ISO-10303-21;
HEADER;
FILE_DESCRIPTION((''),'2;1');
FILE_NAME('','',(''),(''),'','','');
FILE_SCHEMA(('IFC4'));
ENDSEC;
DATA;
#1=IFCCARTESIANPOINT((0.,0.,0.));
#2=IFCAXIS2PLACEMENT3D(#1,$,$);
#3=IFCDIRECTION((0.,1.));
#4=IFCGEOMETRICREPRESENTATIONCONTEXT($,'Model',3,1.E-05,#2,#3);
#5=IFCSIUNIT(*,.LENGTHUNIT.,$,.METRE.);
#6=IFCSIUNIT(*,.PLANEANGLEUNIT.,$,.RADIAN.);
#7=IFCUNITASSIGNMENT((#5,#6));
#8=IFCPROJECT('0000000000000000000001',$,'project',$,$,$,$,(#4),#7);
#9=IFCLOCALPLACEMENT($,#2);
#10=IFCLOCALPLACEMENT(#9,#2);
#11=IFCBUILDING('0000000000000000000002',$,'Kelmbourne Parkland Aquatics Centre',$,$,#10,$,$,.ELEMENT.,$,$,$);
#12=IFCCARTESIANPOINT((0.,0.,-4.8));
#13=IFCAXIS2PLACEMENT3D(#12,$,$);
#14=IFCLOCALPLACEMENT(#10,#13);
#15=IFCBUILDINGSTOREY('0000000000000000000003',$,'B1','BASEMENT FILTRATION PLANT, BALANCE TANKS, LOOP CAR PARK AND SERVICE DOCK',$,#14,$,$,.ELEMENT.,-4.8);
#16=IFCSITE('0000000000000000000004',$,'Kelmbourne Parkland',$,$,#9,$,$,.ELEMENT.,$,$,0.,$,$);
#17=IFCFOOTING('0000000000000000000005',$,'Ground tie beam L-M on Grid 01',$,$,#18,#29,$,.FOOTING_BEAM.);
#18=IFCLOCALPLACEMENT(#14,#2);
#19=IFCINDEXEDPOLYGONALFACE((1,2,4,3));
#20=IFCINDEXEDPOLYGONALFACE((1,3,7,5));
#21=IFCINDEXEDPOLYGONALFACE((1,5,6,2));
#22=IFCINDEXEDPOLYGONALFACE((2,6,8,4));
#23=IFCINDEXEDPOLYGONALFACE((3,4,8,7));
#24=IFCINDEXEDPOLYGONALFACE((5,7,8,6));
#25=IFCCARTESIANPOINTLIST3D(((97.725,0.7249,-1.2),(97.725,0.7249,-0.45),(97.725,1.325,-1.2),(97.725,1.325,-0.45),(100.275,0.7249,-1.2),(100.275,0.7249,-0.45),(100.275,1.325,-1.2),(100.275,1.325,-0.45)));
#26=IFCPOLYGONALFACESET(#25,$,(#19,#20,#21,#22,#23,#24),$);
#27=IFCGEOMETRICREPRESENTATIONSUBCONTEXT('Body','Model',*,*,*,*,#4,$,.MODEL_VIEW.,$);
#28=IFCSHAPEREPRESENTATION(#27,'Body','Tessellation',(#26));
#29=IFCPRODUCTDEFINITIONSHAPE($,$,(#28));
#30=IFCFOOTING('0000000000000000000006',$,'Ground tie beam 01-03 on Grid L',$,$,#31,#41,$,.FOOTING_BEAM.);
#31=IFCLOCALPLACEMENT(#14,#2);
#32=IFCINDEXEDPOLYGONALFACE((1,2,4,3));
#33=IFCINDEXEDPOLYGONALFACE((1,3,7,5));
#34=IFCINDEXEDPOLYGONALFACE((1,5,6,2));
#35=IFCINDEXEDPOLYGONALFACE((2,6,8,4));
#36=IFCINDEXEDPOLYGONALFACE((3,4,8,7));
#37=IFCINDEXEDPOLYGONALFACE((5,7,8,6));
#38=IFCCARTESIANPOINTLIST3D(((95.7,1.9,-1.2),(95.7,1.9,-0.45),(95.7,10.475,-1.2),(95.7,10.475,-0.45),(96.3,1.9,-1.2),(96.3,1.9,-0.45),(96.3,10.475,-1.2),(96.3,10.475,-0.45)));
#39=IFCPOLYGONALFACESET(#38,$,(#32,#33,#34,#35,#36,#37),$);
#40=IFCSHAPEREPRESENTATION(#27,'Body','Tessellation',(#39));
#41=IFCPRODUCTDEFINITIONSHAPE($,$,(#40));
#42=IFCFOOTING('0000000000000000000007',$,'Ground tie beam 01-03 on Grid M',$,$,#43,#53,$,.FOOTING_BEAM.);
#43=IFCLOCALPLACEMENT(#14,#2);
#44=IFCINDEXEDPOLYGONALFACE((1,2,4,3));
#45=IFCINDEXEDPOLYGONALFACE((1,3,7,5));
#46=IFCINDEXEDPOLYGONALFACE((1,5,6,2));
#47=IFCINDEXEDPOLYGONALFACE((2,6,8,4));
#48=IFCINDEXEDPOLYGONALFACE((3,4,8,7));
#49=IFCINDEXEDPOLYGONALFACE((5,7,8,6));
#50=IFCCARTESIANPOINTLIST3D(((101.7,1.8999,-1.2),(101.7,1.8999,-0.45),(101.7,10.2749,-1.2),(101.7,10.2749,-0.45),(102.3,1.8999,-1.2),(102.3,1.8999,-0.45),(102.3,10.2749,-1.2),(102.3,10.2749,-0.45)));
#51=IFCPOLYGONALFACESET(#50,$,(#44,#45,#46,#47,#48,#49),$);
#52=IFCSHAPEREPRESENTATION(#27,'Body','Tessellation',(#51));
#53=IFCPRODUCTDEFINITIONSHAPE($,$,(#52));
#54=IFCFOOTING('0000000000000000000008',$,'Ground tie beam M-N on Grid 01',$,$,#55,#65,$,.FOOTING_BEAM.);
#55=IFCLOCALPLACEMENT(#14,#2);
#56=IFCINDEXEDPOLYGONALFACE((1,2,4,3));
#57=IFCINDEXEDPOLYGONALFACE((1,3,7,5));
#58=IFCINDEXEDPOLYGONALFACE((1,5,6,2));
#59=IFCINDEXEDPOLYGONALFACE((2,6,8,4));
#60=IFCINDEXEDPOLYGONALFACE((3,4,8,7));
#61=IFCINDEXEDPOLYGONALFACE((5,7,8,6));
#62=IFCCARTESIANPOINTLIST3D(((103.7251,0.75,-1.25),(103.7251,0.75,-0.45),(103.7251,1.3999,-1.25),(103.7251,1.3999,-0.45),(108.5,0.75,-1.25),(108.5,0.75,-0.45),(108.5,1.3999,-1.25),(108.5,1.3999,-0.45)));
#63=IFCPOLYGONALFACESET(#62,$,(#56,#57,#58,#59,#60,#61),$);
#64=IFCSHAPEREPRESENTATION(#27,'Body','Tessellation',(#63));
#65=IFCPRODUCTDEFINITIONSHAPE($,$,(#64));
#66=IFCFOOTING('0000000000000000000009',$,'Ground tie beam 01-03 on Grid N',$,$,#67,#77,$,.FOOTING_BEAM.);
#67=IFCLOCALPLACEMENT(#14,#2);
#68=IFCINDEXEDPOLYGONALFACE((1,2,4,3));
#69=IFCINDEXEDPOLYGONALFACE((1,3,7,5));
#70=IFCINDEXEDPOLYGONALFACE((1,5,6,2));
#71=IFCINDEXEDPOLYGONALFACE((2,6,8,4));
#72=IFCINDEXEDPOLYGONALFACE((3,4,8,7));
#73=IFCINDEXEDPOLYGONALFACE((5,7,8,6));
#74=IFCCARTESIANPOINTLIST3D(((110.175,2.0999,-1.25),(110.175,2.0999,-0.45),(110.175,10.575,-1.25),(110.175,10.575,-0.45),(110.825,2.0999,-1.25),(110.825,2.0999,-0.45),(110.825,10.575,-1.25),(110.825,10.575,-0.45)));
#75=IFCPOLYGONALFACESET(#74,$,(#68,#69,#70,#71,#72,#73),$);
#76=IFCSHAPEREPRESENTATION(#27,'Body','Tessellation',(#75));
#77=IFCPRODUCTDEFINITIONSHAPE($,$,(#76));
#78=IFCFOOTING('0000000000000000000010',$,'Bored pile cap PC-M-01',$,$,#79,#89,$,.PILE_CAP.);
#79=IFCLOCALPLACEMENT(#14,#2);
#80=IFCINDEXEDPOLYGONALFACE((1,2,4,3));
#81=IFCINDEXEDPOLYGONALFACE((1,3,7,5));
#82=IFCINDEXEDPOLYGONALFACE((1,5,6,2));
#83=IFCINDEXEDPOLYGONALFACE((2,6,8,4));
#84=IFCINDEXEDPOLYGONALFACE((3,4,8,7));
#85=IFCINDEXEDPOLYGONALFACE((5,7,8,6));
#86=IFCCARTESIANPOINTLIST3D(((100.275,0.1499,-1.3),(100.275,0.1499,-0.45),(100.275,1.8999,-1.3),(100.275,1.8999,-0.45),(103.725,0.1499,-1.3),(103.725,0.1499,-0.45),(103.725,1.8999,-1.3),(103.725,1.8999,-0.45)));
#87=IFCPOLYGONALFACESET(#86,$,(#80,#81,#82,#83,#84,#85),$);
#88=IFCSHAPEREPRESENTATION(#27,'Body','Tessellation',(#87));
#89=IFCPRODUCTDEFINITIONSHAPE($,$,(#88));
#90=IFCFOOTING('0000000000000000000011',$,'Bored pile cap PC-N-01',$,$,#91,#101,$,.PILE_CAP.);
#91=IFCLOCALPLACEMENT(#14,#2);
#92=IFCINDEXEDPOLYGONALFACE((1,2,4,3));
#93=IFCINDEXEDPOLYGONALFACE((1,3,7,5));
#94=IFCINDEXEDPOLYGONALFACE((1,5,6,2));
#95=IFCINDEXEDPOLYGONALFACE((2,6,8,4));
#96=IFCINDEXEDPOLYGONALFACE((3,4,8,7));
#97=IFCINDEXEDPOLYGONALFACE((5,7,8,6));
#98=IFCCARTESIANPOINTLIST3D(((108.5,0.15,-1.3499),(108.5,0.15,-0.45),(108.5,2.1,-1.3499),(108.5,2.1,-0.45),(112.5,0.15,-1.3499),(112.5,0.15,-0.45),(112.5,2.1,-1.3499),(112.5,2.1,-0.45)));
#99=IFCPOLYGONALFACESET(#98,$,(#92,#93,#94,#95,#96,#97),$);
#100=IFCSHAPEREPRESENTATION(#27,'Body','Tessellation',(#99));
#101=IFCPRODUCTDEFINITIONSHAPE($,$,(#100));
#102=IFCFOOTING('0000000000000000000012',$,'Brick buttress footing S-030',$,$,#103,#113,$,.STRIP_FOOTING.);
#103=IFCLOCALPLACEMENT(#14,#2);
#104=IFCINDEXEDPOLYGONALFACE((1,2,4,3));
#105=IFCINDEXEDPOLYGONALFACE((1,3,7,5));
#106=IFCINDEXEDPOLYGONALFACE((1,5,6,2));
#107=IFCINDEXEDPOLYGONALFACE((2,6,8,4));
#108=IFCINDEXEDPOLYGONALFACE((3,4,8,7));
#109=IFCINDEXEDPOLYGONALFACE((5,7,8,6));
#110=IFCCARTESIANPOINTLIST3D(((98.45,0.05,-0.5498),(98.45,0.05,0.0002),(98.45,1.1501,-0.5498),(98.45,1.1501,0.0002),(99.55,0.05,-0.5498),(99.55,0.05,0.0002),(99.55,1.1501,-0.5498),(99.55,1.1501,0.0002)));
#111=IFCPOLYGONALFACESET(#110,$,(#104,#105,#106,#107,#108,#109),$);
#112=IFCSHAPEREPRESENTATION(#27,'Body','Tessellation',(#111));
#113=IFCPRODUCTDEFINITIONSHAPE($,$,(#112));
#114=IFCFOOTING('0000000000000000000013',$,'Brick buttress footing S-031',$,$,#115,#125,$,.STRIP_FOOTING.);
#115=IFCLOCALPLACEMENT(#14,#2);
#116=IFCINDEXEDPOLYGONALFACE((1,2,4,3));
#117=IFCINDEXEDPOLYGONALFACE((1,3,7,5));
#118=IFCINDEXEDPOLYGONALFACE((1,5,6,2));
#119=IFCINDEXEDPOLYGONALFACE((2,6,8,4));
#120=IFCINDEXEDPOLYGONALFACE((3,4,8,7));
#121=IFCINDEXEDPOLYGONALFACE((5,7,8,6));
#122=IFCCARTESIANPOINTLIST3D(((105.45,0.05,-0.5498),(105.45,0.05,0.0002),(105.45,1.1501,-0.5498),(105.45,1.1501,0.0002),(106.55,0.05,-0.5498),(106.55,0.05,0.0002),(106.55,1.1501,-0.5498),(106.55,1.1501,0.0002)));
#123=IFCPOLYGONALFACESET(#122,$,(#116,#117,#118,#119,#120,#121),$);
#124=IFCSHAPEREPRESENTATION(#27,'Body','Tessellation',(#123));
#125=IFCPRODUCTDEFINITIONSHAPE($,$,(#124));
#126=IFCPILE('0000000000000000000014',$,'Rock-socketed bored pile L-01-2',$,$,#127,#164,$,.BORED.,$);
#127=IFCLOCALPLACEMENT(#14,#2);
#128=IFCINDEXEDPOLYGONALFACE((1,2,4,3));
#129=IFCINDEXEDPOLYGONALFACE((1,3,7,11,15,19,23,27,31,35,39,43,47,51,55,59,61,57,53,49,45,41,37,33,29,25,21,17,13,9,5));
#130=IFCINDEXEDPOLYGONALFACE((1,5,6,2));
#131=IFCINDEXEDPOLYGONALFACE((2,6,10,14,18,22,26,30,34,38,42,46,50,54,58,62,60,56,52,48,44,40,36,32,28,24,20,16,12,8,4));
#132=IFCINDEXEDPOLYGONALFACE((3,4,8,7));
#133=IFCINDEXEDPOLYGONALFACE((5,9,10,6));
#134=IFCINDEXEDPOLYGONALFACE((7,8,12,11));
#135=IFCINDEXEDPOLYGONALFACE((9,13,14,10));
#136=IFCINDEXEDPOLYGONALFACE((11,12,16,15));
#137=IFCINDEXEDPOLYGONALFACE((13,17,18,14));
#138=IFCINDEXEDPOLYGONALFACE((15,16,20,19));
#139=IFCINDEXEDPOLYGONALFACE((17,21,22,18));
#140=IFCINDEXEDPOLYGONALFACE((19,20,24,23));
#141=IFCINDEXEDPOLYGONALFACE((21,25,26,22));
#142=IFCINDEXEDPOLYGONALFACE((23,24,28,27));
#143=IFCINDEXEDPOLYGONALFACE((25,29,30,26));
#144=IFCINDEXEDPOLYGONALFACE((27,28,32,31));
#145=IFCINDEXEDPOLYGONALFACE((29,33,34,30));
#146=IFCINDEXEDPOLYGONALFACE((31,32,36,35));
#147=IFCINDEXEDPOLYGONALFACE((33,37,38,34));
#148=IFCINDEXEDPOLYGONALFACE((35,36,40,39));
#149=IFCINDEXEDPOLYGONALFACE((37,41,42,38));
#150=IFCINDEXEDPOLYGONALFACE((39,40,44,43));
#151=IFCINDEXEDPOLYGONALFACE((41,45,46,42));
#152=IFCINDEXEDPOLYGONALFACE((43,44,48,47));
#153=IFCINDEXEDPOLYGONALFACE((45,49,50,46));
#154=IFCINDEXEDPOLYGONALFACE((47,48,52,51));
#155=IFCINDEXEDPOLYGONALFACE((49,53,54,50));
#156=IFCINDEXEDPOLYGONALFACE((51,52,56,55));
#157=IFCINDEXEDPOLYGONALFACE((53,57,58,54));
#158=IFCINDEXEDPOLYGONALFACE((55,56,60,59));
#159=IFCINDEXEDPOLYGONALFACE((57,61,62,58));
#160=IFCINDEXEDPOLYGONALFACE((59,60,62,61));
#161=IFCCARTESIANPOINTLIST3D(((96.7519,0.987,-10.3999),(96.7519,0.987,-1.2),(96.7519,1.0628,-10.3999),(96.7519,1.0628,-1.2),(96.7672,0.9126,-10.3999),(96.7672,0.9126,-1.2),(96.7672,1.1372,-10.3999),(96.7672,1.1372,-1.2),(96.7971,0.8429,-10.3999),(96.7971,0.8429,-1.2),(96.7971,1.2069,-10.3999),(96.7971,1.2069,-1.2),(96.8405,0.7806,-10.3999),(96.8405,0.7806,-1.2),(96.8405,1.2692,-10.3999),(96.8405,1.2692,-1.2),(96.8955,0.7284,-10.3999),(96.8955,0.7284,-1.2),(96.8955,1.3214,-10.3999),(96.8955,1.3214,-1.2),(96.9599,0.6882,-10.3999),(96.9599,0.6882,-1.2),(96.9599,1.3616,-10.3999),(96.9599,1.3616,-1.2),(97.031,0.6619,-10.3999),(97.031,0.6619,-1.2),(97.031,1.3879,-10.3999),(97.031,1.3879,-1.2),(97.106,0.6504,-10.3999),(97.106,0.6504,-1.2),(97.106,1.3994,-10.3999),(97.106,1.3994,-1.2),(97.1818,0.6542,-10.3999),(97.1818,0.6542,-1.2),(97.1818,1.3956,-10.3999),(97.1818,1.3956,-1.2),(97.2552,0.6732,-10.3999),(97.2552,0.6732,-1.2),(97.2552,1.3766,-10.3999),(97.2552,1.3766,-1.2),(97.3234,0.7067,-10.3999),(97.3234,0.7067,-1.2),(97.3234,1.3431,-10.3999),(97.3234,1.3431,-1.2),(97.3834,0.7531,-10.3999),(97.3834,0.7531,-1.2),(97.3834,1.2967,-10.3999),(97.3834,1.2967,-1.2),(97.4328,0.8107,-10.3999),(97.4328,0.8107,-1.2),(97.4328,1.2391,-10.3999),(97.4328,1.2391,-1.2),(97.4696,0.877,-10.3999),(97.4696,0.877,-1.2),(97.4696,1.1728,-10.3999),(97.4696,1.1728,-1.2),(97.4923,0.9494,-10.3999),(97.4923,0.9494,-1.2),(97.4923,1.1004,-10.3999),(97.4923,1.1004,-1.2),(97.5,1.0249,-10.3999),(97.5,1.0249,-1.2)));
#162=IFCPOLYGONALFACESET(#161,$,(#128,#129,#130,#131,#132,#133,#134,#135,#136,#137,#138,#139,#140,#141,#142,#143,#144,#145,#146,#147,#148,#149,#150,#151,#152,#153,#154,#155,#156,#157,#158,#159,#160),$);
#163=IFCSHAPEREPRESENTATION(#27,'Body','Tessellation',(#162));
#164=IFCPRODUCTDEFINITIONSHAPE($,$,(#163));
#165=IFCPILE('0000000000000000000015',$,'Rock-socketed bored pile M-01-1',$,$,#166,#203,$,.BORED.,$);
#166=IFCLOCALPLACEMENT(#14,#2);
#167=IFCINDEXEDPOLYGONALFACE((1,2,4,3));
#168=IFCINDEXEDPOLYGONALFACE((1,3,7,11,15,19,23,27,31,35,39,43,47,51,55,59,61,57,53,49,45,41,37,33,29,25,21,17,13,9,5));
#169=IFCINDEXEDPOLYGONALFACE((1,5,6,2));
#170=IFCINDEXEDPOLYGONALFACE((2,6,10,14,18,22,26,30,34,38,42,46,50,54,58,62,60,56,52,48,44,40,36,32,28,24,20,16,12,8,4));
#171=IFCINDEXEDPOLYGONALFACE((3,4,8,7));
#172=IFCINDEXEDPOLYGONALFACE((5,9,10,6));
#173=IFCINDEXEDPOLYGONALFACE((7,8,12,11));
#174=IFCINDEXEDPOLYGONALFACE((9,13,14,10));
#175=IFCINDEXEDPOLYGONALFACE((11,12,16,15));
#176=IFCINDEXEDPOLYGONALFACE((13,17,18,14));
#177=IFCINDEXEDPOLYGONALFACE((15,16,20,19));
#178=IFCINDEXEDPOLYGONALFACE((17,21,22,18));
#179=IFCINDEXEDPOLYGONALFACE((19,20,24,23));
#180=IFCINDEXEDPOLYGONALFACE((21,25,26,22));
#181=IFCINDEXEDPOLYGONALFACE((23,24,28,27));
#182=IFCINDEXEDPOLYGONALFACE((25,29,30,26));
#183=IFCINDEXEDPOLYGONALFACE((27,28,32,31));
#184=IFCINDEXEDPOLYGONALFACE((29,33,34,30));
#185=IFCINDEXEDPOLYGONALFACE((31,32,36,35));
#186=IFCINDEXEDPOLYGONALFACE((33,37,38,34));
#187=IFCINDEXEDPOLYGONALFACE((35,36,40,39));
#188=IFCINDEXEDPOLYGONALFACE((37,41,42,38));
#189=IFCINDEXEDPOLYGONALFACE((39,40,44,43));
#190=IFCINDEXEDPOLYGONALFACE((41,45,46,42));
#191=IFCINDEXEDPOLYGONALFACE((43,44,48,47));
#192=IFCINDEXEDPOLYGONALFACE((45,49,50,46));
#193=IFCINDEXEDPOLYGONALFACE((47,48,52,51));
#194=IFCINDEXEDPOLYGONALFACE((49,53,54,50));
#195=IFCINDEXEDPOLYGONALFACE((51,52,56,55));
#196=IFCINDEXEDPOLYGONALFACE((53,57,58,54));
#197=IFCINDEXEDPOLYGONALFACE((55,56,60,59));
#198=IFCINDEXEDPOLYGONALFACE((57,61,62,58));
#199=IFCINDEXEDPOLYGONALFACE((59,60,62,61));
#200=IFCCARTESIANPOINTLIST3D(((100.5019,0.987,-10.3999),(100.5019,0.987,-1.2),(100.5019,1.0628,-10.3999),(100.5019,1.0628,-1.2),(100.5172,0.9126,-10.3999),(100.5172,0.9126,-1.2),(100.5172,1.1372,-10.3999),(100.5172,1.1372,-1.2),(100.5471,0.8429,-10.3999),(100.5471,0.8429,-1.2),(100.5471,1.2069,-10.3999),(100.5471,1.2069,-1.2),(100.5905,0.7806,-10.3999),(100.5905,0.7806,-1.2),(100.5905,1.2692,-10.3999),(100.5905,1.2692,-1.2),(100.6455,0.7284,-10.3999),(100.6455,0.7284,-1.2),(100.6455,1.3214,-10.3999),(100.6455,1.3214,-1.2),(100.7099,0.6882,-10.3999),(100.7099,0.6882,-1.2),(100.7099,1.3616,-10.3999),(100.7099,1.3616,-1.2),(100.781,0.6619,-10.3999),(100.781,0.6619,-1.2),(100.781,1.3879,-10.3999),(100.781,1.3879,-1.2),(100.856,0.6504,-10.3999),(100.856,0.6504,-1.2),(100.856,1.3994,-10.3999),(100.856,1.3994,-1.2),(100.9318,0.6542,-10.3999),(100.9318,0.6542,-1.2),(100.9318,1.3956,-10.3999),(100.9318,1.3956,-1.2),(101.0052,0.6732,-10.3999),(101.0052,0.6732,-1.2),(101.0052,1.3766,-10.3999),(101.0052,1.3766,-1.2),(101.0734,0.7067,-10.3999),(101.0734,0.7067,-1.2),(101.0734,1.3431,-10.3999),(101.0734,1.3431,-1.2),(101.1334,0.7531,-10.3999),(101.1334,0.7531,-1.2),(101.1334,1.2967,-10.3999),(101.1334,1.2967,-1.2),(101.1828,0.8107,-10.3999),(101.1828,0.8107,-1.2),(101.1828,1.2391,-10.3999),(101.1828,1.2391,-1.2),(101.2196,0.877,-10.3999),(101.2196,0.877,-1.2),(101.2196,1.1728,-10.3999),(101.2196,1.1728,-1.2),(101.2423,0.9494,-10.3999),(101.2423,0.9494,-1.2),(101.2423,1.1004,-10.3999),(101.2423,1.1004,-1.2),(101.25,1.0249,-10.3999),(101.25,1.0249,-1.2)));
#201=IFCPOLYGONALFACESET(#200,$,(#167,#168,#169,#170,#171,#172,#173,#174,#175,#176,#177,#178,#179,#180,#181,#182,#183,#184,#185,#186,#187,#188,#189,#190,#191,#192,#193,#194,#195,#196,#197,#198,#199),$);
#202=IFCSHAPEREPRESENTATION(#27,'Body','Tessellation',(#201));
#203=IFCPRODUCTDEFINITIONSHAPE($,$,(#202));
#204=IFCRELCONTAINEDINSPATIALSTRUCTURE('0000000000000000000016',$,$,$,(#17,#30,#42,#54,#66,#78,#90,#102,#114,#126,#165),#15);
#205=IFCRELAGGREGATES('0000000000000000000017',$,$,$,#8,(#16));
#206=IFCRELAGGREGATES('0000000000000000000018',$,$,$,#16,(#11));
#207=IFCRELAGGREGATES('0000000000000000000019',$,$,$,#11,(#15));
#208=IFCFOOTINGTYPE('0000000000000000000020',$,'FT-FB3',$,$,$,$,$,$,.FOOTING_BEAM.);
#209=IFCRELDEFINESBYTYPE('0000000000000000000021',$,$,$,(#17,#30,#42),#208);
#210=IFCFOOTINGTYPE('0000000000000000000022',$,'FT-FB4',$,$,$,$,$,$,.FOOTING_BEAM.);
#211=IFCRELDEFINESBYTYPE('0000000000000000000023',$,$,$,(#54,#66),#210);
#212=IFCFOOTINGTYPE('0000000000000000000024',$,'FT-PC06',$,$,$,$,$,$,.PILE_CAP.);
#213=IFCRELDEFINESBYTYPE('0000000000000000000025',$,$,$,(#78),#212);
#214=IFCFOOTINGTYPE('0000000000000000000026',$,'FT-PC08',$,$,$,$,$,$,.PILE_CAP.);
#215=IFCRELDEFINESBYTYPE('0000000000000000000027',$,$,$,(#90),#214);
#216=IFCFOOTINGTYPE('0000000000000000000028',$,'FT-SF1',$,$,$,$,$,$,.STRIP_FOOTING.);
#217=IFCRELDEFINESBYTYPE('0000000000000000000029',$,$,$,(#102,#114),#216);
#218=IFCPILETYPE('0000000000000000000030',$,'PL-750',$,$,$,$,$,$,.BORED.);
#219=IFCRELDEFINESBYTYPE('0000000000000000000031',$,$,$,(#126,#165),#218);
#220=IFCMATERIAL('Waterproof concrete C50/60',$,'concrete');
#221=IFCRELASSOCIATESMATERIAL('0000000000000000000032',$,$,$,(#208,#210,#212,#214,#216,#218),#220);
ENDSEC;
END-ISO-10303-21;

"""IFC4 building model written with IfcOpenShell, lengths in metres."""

from ifc_helpers import new_model, si_unit, direction, frame, origin, origin_2d, place, context, subcontext, project, spatial, rectangle, circle, extrude, material, material_profile, profile_set, type_object, element, save


model = new_model("IFC4")

# Units and contexts
model_context = context("Model", 3, precision=1e-05, world=origin(), true_north=direction((0.0, 1.0)))
body_context = subcontext(model_context, "Body", "Model", "MODEL_VIEW")
ifc_project = project(units=[si_unit("LENGTHUNIT", "METRE"), si_unit("PLANEANGLEUNIT", "RADIAN")], contexts=[model_context])

# Site, building, storey
site_placement = place(None, origin())
site = spatial("IfcSite", under=ifc_project, at=site_placement, Name="Kelmbourne Parkland", CompositionType="ELEMENT", RefElevation=0.0)
building_placement = place(site_placement, origin())
building = spatial("IfcBuilding", under=site, at=building_placement, Name="Kelmbourne Parkland Aquatics Centre", CompositionType="ELEMENT")
storey_placement = place(building_placement, frame((0.0, 0.0, -4.8)))
storey = spatial("IfcBuildingStorey", under=building, at=storey_placement, Name="B1", Description="BASEMENT FILTRATION PLANT, BALANCE TANKS, LOOP CAR PARK AND SERVICE DOCK", CompositionType="ELEMENT", Elevation=-4.8)

# Footings
ifc_material_1 = material(Name="Waterproof concrete C50/60", Category="concrete")
footing_type_1 = type_object("IfcFootingType", Name="FT-FB3", PredefinedType="FOOTING_BEAM", material=ifc_material_1)
footing_1_placement = place(storey_placement, frame((99.0, 1.0249, -1.2), z_axis=(0.0, 0.0, 1.0), x_axis=(1.0, 0.0, 0.0)))
element("IfcFooting", 1, at=footing_1_placement, inside=storey, type_object=footing_type_1, Name="Ground tie beam L-M on Grid 01", PredefinedType="FOOTING_BEAM", context=body_context, shape_type="SweptSolid", body=[
    extrude(rectangle(XDim=2.55, YDim=0.6001, at=origin_2d()), origin(), (0.0, 0.0, 1.0), 0.75),
])
footing_2_placement = place(storey_placement, frame((96.0, 6.1875, -1.2), z_axis=(0.0, 0.0, 1.0), x_axis=(0.0, 1.0, 0.0)))
element("IfcFooting", 2, at=footing_2_placement, inside=storey, type_object=footing_type_1, Name="Ground tie beam 01-03 on Grid L", PredefinedType="FOOTING_BEAM", context=body_context, shape_type="SweptSolid", body=[
    extrude(rectangle(XDim=8.575, YDim=0.6001, at=origin_2d()), origin(), (0.0, 0.0, 1.0), 0.75),
])
footing_3_placement = place(storey_placement, frame((102.0, 6.0874, -1.2), z_axis=(0.0, 0.0, 1.0), x_axis=(0.0, 1.0, 0.0)))
element("IfcFooting", 3, at=footing_3_placement, inside=storey, type_object=footing_type_1, Name="Ground tie beam 01-03 on Grid M", PredefinedType="FOOTING_BEAM", context=body_context, shape_type="SweptSolid", body=[
    extrude(rectangle(XDim=8.375, YDim=0.6001, at=origin_2d()), origin(), (0.0, 0.0, 1.0), 0.75),
])
footing_type_2 = type_object("IfcFootingType", Name="FT-FB4", PredefinedType="FOOTING_BEAM", material=ifc_material_1)
footing_4_placement = place(storey_placement, frame((106.1125, 1.075, -1.25), z_axis=(0.0, 0.0, 1.0), x_axis=(1.0, 0.0, 0.0)))
element("IfcFooting", 4, at=footing_4_placement, inside=storey, type_object=footing_type_2, Name="Ground tie beam M-N on Grid 01", PredefinedType="FOOTING_BEAM", context=body_context, shape_type="SweptSolid", body=[
    extrude(rectangle(XDim=4.7749, YDim=0.6499, at=origin_2d()), origin(), (0.0, 0.0, 1.0), 0.8),
])
footing_5_placement = place(storey_placement, frame((110.5, 6.3374, -1.25), z_axis=(0.0, 0.0, 1.0), x_axis=(0.0, 1.0, 0.0)))
element("IfcFooting", 5, at=footing_5_placement, inside=storey, type_object=footing_type_2, Name="Ground tie beam 01-03 on Grid N", PredefinedType="FOOTING_BEAM", context=body_context, shape_type="SweptSolid", body=[
    extrude(rectangle(XDim=8.4751, YDim=0.6499, at=origin_2d()), origin(), (0.0, 0.0, 1.0), 0.8),
])
footing_type_3 = type_object("IfcFootingType", Name="FT-PC06", PredefinedType="PILE_CAP", material=ifc_material_1)
footing_6_placement = place(storey_placement, frame((102.0, 1.0249, -1.3), z_axis=(0.0, 0.0, 1.0), x_axis=(1.0, 0.0, 0.0)))
element("IfcFooting", 6, at=footing_6_placement, inside=storey, type_object=footing_type_3, Name="Bored pile cap PC-M-01", PredefinedType="PILE_CAP", context=body_context, shape_type="SweptSolid", body=[
    extrude(rectangle(XDim=3.45, YDim=1.75, at=origin_2d()), origin(), (0.0, 0.0, 1.0), 0.8501),
])
footing_type_4 = type_object("IfcFootingType", Name="FT-PC08", PredefinedType="PILE_CAP", material=ifc_material_1)
footing_7_placement = place(storey_placement, frame((110.5, 1.125, -1.3499), z_axis=(0.0, 0.0, 1.0), x_axis=(1.0, 0.0, 0.0)))
element("IfcFooting", 7, at=footing_7_placement, inside=storey, type_object=footing_type_4, Name="Bored pile cap PC-N-01", PredefinedType="PILE_CAP", context=body_context, shape_type="SweptSolid", body=[
    extrude(rectangle(XDim=4.0, YDim=1.95, at=origin_2d()), origin(), (0.0, 0.0, 1.0), 0.8999),
])
footing_type_5 = type_object("IfcFootingType", Name="FT-SF1", PredefinedType="STRIP_FOOTING", material=ifc_material_1)
for number, where, z_axis, x_axis, name in (
    (8, (99.0, 0.6001, -0.5498), (0.0, 0.0, 1.0), (1.0, 0.0, 0.0), "Brick buttress footing S-030"),
    (9, (106.0, 0.6001, -0.5498), (0.0, 0.0, 1.0), (1.0, 0.0, 0.0), "Brick buttress footing S-031"),
):
    element("IfcFooting", number, at=place(storey_placement, frame(where, z_axis=z_axis, x_axis=x_axis)), inside=storey, type_object=footing_type_5, Name=name, PredefinedType="STRIP_FOOTING", context=body_context, shape_type="SweptSolid", body=[
        extrude(rectangle(XDim=1.1001, YDim=1.1001, at=origin_2d()), origin(), (0.0, 0.0, 1.0), 0.55),
    ])

# Piles
ifc_material_profile_1 = material_profile(ifc_material_1, circle(Radius=0.375, at=origin_2d()), Name="PILE D750")
ifc_profile_set_1 = profile_set([ifc_material_profile_1], Name="Waterproof concrete C50/60")
pile_type_1 = type_object("IfcPileType", Name="PL-750", PredefinedType="BORED", material=ifc_profile_set_1)
for number, where, z_axis, x_axis, name in (
    (10, (97.125, 1.0249, -1.2), (0.0, 0.0, -1.0), (1.0, 0.0, 0.0), "Rock-socketed bored pile L-01-2"),
    (11, (100.875, 1.0249, -1.2), (0.0, 0.0, -1.0), (1.0, 0.0, 0.0), "Rock-socketed bored pile M-01-1"),
):
    element("IfcPile", number, at=place(storey_placement, frame(where, z_axis=z_axis, x_axis=x_axis)), inside=storey, type_object=pile_type_1, Name=name, PredefinedType="BORED", context=body_context, shape_type="SweptSolid", body=[
        extrude(circle(Radius=0.375, at=origin_2d()), origin(), (0.0, 0.0, 1.0), 9.2),
    ])

save(model, "model.ifc")
